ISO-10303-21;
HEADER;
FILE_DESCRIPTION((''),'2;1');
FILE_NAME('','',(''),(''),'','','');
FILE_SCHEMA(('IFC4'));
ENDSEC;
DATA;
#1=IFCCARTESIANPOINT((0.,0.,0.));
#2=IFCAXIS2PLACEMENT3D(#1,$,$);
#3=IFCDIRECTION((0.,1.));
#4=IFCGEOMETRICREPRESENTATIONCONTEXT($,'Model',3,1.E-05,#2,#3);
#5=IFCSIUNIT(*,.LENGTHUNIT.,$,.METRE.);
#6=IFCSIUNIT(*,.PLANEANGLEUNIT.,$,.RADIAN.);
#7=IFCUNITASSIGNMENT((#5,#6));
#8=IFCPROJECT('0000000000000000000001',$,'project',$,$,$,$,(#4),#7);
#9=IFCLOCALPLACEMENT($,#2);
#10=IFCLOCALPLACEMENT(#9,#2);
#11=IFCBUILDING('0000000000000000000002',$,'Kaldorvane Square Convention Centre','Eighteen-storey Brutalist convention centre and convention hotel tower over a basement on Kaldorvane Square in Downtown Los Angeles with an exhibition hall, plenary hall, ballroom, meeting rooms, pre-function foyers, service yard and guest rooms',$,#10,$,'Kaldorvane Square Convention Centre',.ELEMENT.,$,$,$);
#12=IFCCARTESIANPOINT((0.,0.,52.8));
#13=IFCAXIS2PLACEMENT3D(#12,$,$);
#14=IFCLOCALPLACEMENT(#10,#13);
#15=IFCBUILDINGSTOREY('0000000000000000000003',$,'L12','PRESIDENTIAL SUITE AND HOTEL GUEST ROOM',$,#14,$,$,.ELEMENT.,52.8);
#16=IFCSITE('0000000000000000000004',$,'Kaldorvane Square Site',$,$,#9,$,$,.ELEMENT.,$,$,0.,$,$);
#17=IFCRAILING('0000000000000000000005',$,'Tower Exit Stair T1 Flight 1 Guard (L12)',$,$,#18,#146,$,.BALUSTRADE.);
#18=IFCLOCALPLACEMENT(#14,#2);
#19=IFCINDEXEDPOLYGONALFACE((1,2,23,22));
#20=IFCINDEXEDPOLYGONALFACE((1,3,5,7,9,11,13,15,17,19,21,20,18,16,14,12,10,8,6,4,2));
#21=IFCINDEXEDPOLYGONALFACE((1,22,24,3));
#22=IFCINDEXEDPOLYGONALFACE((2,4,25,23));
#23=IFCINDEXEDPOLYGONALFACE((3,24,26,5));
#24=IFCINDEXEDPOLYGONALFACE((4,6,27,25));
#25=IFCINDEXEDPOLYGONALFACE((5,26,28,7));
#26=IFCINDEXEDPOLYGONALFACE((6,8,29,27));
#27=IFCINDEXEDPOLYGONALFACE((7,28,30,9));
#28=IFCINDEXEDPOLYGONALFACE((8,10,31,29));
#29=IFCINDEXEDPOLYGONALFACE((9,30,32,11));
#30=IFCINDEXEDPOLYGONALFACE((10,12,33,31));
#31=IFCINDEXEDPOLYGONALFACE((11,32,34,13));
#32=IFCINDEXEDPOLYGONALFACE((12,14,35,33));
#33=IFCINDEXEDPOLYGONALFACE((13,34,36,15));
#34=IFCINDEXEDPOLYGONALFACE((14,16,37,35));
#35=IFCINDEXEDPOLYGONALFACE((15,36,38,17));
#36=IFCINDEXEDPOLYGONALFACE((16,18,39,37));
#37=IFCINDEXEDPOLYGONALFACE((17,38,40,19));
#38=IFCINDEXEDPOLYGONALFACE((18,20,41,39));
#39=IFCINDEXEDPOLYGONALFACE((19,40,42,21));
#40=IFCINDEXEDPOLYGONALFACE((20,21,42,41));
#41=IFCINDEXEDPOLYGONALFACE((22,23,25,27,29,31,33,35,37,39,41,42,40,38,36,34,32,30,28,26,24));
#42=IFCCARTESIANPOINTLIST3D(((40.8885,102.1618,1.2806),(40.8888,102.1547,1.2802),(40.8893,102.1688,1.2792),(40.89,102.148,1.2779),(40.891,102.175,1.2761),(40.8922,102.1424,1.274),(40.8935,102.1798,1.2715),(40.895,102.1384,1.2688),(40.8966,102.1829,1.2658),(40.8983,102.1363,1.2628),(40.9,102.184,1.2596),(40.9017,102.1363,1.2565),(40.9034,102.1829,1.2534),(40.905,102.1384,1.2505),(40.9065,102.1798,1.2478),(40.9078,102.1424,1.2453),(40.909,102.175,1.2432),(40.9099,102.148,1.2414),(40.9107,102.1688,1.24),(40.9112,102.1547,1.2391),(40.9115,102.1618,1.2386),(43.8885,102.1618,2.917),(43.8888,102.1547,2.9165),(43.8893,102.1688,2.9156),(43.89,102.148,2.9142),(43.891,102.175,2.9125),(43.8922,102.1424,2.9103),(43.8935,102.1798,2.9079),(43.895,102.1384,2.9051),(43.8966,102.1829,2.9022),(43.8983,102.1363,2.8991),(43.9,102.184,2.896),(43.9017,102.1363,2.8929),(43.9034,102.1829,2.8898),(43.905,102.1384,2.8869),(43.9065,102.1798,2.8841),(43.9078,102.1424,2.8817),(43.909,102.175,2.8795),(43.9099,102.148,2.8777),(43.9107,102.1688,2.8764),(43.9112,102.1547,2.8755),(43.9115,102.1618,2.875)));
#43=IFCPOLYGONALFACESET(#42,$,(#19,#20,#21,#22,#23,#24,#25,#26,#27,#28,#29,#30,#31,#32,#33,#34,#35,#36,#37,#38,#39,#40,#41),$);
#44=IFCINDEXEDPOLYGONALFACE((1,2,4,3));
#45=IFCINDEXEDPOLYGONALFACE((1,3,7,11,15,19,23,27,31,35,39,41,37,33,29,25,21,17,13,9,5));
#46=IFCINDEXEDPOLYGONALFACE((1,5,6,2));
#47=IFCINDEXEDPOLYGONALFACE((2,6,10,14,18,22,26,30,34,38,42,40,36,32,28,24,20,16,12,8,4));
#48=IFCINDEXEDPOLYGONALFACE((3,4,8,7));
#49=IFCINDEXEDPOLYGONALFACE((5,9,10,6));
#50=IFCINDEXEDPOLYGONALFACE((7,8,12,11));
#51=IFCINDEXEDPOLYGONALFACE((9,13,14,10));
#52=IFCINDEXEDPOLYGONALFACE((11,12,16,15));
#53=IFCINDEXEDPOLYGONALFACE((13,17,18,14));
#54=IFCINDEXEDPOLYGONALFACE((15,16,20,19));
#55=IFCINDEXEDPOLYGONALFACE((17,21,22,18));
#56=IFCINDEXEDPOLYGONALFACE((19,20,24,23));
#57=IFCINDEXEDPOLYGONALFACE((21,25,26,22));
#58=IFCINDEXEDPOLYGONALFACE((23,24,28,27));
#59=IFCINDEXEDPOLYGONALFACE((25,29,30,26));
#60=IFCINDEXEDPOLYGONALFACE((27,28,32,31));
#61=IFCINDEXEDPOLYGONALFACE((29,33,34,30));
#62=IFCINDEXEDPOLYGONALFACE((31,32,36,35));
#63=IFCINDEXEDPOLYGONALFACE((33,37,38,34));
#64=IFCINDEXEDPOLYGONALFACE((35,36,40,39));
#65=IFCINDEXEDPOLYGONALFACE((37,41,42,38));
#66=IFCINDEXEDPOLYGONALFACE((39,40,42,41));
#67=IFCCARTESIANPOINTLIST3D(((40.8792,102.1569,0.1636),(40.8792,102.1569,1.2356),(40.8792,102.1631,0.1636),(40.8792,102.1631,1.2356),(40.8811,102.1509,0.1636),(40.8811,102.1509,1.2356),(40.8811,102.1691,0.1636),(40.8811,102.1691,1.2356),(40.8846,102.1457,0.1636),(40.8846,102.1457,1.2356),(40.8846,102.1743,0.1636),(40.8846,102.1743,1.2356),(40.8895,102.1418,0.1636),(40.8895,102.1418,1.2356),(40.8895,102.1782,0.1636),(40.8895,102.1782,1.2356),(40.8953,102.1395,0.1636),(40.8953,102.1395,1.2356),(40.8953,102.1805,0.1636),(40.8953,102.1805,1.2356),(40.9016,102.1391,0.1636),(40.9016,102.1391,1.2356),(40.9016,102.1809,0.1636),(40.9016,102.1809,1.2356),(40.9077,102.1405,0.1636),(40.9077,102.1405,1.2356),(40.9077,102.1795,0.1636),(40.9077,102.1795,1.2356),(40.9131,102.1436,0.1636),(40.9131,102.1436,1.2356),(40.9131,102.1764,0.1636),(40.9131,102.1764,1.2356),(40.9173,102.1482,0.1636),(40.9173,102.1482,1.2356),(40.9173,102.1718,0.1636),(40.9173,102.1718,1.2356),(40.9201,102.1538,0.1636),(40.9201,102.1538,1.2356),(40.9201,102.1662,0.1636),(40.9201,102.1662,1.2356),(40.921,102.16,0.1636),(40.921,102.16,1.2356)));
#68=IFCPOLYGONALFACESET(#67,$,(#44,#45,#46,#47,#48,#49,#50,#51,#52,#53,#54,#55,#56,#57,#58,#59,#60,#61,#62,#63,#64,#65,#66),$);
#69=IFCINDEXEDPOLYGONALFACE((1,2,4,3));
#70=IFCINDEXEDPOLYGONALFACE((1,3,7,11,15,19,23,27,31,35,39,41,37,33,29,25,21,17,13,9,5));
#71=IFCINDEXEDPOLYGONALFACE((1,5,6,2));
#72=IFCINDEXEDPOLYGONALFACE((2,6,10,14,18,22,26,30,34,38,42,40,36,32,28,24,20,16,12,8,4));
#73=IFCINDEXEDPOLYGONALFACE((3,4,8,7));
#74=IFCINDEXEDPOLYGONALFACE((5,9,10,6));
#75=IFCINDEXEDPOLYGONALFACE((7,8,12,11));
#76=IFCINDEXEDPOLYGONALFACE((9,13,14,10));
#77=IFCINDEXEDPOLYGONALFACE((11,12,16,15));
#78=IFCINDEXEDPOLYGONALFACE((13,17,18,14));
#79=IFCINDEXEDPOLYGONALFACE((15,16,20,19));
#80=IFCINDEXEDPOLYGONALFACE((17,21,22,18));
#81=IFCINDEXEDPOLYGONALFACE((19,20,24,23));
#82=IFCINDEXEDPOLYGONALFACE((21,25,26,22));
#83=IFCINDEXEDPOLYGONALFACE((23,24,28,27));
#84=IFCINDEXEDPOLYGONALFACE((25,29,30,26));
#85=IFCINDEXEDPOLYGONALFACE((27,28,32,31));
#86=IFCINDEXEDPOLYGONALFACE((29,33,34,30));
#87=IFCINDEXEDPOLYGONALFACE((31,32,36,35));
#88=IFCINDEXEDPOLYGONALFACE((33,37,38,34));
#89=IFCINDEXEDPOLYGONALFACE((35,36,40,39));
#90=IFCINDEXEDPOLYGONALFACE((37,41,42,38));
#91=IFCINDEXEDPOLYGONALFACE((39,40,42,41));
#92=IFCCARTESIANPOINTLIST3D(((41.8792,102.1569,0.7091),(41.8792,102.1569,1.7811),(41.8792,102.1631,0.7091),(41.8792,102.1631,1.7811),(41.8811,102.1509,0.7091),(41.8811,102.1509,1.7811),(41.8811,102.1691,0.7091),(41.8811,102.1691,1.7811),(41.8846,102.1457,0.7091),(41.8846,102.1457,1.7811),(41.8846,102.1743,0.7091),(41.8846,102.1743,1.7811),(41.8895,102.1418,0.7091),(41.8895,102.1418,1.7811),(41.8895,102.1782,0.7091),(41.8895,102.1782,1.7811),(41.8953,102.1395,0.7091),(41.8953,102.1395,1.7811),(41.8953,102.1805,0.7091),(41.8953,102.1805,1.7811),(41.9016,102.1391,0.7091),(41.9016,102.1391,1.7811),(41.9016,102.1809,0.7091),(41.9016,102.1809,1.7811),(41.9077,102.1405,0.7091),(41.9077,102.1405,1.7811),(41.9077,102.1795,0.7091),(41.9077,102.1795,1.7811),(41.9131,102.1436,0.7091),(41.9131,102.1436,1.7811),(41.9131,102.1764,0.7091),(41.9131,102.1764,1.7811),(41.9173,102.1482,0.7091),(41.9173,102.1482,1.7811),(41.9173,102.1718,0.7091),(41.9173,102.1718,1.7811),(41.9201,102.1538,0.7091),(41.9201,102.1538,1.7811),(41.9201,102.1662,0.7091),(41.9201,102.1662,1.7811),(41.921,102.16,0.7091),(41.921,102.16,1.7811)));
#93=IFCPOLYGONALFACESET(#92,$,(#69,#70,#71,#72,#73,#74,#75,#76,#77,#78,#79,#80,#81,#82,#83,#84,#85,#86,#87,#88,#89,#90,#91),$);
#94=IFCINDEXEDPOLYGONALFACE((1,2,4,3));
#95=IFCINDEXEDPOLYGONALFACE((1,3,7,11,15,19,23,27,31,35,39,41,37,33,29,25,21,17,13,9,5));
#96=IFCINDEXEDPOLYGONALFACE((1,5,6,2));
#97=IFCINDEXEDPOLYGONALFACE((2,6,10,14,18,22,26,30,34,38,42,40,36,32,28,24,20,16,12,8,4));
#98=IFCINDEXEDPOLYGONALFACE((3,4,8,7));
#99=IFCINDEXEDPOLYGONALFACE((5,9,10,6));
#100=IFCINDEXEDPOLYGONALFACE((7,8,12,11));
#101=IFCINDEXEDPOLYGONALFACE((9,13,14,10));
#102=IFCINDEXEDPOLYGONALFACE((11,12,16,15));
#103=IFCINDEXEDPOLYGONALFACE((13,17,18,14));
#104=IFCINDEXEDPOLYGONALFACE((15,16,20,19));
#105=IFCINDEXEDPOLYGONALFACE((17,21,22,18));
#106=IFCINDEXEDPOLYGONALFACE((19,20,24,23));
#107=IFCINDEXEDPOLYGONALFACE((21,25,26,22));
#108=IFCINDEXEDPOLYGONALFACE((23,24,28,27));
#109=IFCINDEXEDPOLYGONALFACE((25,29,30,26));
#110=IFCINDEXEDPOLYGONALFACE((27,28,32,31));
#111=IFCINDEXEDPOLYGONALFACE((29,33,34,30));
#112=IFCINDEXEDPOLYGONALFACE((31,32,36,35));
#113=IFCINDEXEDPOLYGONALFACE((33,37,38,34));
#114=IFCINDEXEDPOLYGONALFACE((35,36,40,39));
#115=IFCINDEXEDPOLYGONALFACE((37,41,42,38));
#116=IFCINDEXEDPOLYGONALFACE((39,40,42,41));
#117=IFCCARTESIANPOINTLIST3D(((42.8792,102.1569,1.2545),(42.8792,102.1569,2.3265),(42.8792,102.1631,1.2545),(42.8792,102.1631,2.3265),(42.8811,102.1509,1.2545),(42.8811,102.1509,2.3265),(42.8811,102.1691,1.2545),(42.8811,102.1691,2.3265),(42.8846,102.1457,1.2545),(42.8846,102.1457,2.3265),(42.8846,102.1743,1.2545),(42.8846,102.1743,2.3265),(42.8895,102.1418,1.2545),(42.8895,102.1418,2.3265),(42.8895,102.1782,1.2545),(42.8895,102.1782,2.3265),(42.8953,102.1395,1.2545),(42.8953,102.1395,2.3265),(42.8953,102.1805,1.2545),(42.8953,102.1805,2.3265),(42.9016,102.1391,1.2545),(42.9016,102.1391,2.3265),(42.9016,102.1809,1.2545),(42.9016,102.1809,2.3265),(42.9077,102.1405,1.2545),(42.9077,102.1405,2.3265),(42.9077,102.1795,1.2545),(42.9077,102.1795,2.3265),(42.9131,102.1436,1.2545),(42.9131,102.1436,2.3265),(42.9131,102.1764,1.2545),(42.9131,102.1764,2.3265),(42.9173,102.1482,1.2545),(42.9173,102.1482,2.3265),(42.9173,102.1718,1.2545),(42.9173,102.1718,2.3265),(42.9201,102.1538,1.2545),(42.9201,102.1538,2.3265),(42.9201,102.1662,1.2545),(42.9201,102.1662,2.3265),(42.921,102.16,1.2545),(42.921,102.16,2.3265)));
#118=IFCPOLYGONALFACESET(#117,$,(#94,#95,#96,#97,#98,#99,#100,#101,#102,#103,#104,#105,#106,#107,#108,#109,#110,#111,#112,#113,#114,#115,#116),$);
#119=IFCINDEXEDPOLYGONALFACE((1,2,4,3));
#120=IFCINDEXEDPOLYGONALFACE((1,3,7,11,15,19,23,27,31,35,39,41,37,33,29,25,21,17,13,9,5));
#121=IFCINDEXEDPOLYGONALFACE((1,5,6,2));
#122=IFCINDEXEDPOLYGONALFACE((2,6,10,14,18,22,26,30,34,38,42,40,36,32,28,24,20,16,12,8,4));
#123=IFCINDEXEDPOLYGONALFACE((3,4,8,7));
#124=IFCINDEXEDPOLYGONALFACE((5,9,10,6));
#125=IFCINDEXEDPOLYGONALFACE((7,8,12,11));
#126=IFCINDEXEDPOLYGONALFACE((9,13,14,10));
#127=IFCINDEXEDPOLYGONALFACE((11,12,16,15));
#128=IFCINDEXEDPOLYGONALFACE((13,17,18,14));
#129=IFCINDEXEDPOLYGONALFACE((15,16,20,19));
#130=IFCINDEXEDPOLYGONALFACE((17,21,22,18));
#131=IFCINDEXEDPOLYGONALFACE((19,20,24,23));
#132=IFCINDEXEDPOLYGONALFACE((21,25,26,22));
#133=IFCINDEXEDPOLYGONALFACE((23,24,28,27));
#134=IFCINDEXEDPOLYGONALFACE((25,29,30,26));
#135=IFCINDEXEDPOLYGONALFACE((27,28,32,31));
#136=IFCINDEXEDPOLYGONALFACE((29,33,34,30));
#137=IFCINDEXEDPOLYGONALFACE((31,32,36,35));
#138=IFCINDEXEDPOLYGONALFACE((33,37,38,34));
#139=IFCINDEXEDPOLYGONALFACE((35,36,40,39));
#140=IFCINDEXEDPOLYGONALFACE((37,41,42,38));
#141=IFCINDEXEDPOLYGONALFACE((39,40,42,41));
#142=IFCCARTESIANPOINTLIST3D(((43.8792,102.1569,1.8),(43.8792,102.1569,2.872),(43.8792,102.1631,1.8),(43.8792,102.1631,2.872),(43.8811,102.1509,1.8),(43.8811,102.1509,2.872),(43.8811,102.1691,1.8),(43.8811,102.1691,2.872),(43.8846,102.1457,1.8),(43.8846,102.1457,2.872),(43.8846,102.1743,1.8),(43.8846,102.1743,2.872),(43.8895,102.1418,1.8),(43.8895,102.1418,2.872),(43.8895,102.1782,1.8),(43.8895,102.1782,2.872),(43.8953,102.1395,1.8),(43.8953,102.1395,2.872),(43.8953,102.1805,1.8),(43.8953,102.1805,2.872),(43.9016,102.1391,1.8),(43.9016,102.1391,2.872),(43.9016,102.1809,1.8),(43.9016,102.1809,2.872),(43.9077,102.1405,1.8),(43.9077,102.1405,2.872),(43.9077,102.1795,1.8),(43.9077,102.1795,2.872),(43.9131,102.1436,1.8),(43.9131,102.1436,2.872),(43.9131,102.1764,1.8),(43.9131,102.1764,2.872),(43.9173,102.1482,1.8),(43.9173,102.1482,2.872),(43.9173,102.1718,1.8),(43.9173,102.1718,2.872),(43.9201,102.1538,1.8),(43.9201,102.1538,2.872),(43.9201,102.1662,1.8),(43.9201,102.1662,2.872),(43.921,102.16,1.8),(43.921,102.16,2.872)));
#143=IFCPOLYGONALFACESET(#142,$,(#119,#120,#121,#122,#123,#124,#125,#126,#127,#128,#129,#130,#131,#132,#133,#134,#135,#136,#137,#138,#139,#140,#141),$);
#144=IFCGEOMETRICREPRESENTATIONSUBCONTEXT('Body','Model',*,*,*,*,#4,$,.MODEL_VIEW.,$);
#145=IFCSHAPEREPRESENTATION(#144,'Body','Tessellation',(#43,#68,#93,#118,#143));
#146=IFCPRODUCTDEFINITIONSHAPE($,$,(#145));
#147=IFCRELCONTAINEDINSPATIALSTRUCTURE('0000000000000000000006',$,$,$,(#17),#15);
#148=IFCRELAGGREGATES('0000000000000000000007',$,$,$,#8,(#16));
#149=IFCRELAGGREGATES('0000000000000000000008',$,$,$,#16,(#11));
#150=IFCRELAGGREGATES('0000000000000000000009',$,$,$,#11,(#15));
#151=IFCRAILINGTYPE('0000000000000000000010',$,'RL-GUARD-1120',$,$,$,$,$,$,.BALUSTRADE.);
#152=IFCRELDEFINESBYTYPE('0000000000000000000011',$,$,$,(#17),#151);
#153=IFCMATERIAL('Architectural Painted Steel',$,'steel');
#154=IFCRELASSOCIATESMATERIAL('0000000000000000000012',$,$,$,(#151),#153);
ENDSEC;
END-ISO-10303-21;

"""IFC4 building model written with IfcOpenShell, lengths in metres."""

from ifc_helpers import new_model, si_unit, direction, frame, origin, origin_2d, place, context, subcontext, project, spatial, circle, extrude, material, type_object, element, save


model = new_model("IFC4")

# Units and contexts
model_context = context("Model", 3, precision=1e-05, world=origin(), true_north=direction((0.0, 1.0)))
body_context = subcontext(model_context, "Body", "Model", "MODEL_VIEW")
ifc_project = project(units=[si_unit("LENGTHUNIT", "METRE"), si_unit("PLANEANGLEUNIT", "RADIAN")], contexts=[model_context])

# Site, building, storey
site_placement = place(None, origin())
site = spatial("IfcSite", under=ifc_project, at=site_placement, Name="Kaldorvane Square Site", CompositionType="ELEMENT", RefElevation=0.0)
building_placement = place(site_placement, origin())
building = spatial("IfcBuilding", under=site, at=building_placement, Name="Kaldorvane Square Convention Centre", Description="Eighteen-storey Brutalist convention centre and convention hotel tower over a basement on Kaldorvane Square in Downtown Los Angeles with an exhibition hall, plenary hall, ballroom, meeting rooms, pre-function foyers, service yard and guest rooms", LongName="Kaldorvane Square Convention Centre", CompositionType="ELEMENT")
storey_placement = place(building_placement, frame((0.0, 0.0, 52.8)))
storey = spatial("IfcBuildingStorey", under=building, at=storey_placement, Name="L12", Description="PRESIDENTIAL SUITE AND HOTEL GUEST ROOM", CompositionType="ELEMENT", Elevation=52.8)

# Railing
ifc_material_1 = material(Name="Architectural Painted Steel", Category="steel")
railing_type_1 = type_object("IfcRailingType", Name="RL-GUARD-1120", PredefinedType="BALUSTRADE", material=ifc_material_1)
railing_1_placement = place(storey_placement, frame((40.9, 102.16, 0.1636)))
element("IfcRailing", 1, at=railing_1_placement, inside=storey, type_object=railing_type_1, Name="Tower Exit Stair T1 Flight 1 Guard (L12)", PredefinedType="BALUSTRADE", context=body_context, shape_type="SweptSolid", body=[
    extrude(circle(Radius=0.024, at=origin_2d()), frame((0.0, 0.0, 1.096), z_axis=(0.877895, 0.0, 0.478853), x_axis=(0.0, 1.0, 0.0)), (0.0, 0.0, 1.0), 3.4173),
    extrude(circle(Radius=0.021, at=origin_2d()), origin(), (0.0, 0.0, 1.0), 1.072),
    extrude(circle(Radius=0.021, at=origin_2d()), frame((1.0, 0.0, 0.5455)), (0.0, 0.0, 1.0), 1.072),
    extrude(circle(Radius=0.021, at=origin_2d()), frame((2.0, 0.0, 1.0909)), (0.0, 0.0, 1.0), 1.072),
    extrude(circle(Radius=0.021, at=origin_2d()), frame((3.0, 0.0, 1.6364)), (0.0, 0.0, 1.0), 1.072),
])

save(model, "model.ifc")
